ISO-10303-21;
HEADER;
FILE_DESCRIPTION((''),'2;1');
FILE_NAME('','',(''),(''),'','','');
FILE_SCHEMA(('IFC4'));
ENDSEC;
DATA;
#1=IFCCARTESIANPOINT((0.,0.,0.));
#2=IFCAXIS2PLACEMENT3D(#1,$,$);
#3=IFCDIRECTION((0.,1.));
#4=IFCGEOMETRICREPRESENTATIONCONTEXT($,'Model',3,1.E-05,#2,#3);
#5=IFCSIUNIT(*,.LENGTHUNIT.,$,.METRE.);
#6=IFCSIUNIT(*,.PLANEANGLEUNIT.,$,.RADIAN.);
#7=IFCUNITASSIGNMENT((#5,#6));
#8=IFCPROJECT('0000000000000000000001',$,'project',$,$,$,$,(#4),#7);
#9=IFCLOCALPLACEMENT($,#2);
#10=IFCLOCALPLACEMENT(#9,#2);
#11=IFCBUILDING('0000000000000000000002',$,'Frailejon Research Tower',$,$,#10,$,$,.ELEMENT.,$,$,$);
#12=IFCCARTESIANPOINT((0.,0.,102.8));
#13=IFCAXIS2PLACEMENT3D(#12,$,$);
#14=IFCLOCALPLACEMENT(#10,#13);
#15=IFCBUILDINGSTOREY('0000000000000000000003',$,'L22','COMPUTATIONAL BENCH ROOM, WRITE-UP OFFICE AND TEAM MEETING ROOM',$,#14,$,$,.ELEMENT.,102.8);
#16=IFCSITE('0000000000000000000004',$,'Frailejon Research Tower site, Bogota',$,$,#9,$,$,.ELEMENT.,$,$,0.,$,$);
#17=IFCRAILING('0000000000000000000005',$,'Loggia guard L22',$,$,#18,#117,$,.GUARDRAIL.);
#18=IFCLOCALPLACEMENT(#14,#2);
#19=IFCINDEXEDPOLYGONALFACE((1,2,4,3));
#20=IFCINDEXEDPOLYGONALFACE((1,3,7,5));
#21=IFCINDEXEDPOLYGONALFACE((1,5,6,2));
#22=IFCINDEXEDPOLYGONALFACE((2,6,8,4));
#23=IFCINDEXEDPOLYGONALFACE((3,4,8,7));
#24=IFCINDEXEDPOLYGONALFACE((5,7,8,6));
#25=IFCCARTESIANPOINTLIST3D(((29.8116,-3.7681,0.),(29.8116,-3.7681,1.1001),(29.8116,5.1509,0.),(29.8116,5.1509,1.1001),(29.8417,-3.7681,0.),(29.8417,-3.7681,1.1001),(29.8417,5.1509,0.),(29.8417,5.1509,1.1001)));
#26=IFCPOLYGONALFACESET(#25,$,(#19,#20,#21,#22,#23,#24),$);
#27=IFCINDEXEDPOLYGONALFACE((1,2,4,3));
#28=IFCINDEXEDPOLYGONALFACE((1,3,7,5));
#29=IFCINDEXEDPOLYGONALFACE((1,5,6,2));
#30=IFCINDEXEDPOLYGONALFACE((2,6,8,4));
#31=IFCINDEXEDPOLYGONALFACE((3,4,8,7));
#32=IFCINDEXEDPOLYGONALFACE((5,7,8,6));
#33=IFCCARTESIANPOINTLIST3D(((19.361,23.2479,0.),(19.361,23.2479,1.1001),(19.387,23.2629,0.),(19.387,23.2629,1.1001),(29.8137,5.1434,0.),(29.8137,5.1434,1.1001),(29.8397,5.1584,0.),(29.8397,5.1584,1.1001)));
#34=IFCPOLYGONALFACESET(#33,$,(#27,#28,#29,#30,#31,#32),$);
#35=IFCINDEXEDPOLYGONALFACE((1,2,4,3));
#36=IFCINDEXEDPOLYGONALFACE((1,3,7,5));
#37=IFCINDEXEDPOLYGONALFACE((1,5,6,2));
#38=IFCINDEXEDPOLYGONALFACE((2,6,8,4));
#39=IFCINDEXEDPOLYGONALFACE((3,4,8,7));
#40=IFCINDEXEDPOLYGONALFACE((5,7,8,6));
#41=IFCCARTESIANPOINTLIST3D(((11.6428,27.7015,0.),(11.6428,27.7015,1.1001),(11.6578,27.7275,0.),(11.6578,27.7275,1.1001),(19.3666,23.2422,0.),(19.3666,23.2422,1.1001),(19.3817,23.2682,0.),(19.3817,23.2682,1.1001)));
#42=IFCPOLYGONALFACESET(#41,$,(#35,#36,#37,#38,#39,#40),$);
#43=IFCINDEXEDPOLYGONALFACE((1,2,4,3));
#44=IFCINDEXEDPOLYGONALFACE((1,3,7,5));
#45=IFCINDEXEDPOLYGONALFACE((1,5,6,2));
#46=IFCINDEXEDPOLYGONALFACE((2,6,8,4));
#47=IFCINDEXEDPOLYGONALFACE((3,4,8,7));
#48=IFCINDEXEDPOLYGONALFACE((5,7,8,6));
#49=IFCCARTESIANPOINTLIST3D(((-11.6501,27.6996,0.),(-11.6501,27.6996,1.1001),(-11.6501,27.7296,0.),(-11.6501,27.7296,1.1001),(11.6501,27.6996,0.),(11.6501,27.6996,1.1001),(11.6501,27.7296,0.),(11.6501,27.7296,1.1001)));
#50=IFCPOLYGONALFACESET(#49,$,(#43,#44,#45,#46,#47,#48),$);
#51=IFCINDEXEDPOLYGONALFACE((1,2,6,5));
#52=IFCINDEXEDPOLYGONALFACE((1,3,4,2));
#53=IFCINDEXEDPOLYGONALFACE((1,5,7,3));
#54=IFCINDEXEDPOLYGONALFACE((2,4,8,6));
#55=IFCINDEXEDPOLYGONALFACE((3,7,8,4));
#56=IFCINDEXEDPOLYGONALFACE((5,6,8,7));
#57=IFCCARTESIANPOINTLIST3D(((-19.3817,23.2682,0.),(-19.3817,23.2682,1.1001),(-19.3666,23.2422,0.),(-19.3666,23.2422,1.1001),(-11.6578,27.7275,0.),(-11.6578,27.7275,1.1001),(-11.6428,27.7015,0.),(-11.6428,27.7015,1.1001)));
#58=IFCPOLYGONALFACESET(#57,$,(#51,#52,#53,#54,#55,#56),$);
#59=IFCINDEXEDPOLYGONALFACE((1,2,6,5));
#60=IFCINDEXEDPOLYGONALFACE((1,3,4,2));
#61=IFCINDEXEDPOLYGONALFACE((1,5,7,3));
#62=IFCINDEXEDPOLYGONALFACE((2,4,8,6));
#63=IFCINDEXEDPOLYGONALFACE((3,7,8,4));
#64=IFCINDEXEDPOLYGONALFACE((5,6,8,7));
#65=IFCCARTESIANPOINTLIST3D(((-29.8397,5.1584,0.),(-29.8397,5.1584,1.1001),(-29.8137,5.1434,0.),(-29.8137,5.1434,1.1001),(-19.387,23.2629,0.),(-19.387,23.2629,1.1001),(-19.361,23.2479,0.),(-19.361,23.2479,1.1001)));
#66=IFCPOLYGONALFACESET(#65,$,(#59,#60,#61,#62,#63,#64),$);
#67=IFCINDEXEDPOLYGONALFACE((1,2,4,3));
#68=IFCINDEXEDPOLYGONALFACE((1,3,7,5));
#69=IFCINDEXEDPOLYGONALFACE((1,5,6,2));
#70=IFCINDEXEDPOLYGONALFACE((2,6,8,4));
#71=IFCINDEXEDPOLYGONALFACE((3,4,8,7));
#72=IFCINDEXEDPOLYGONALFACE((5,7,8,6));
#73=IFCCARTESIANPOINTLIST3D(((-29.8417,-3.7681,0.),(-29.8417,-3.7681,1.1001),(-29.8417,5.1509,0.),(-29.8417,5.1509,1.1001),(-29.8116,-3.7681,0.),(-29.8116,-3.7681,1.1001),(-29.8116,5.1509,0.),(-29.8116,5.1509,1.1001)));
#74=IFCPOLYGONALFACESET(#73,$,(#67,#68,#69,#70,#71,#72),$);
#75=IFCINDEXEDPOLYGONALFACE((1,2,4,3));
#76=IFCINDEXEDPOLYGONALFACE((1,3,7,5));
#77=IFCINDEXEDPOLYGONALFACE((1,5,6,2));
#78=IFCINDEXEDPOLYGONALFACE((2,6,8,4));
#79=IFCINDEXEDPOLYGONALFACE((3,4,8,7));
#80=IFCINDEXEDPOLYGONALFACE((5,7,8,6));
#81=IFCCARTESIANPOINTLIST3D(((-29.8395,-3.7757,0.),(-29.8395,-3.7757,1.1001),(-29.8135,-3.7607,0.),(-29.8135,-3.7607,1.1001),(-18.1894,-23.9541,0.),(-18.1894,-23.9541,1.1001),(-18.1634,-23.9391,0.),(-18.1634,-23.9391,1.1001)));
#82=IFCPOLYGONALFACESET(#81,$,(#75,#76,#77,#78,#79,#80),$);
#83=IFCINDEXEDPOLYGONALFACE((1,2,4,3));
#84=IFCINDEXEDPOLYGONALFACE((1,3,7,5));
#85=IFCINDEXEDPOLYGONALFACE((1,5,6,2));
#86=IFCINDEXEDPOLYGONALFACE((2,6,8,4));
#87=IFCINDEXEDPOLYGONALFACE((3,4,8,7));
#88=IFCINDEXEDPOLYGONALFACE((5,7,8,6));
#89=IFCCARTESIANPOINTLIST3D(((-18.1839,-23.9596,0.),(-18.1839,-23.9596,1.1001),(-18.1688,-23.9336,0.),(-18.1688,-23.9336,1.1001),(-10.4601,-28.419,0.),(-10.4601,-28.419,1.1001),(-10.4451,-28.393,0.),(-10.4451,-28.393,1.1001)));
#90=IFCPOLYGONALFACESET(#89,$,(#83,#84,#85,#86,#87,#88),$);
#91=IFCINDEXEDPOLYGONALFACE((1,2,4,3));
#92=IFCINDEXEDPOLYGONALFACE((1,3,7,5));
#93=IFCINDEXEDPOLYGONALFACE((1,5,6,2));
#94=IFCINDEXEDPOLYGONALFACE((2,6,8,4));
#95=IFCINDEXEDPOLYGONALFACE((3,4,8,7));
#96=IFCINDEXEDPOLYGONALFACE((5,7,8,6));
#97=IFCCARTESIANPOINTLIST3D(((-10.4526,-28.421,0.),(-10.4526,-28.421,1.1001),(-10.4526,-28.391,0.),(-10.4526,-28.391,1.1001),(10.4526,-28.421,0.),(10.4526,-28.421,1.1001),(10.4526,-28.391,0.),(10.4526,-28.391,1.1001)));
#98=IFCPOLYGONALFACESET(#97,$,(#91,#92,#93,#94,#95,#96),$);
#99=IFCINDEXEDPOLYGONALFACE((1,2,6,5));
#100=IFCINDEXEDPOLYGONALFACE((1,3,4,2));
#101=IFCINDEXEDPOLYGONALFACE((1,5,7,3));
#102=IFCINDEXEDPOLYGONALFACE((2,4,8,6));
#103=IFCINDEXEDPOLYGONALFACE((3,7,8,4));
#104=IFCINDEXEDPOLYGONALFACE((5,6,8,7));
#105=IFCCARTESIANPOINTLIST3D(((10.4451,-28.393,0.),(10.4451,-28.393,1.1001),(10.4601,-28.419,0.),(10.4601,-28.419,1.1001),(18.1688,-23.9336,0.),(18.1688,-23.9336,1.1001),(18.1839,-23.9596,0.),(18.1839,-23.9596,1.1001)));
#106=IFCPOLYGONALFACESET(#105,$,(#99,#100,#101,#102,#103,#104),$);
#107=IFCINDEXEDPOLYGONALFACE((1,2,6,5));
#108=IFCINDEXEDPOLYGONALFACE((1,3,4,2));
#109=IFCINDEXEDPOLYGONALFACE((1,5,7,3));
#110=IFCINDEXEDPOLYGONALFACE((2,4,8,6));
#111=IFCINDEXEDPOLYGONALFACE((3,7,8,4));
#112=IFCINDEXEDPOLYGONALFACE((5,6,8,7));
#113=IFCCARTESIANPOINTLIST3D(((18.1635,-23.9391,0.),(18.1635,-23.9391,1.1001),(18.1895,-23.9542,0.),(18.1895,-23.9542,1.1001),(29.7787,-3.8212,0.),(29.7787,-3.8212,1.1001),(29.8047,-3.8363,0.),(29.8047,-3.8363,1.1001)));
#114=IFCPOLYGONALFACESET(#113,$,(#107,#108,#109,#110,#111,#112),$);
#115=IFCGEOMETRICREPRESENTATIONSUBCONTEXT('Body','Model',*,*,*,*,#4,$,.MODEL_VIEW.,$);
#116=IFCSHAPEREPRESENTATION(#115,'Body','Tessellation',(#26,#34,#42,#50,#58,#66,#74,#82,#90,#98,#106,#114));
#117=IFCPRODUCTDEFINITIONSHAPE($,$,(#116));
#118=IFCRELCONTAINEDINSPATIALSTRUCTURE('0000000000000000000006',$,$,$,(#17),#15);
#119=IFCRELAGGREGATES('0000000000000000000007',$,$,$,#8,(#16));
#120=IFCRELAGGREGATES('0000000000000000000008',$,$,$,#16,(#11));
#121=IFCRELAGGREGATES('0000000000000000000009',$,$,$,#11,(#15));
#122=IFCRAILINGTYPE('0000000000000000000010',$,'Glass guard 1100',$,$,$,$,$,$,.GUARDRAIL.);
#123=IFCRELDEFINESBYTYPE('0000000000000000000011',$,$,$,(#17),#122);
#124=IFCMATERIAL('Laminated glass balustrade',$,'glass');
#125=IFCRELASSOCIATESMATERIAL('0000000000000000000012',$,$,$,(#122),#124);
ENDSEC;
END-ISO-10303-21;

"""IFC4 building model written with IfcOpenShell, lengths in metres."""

from ifc_helpers import new_model, si_unit, direction, frame, origin, origin_2d, place, context, subcontext, project, spatial, rectangle, extrude, material, type_object, element, save


model = new_model("IFC4")

# Units and contexts
model_context = context("Model", 3, precision=1e-05, world=origin(), true_north=direction((0.0, 1.0)))
body_context = subcontext(model_context, "Body", "Model", "MODEL_VIEW")
ifc_project = project(units=[si_unit("LENGTHUNIT", "METRE"), si_unit("PLANEANGLEUNIT", "RADIAN")], contexts=[model_context])

# Site, building, storey
site_placement = place(None, origin())
site = spatial("IfcSite", under=ifc_project, at=site_placement, Name="Frailejon Research Tower site, Bogota", CompositionType="ELEMENT", RefElevation=0.0)
building_placement = place(site_placement, origin())
building = spatial("IfcBuilding", under=site, at=building_placement, Name="Frailejon Research Tower", CompositionType="ELEMENT")
storey_placement = place(building_placement, frame((0.0, 0.0, 102.8)))
storey = spatial("IfcBuildingStorey", under=building, at=storey_placement, Name="L22", Description="COMPUTATIONAL BENCH ROOM, WRITE-UP OFFICE AND TEAM MEETING ROOM", CompositionType="ELEMENT", Elevation=102.8)

# Railing
ifc_material_1 = material(Name="Laminated glass balustrade", Category="glass")
railing_type = type_object("IfcRailingType", Name="Glass guard 1100", PredefinedType="GUARDRAIL", material=ifc_material_1)
railing_placement = place(storey_placement, frame((29.8267, -3.7681, 0.0)))
element("IfcRailing", 1, at=railing_placement, inside=storey, type_object=railing_type, Name="Loggia guard L22", PredefinedType="GUARDRAIL", context=body_context, shape_type="SweptSolid", body=[
    extrude(rectangle(XDim=8.9189, YDim=0.03, at=origin_2d()), frame((0.0, 4.4595, 0.0), z_axis=(0.0, 0.0, 1.0), x_axis=(0.0, 1.0, 0.0)), (0.0, 0.0, 1.0), 1.1001),
    extrude(rectangle(XDim=20.9053, YDim=0.03, at=origin_2d()), frame((-5.2263, 17.9712, 0.0), z_axis=(0.0, 0.0, 1.0), x_axis=(-0.5, 0.866025, 0.0)), (0.0, 0.0, 1.0), 1.1001),
    extrude(rectangle(XDim=8.9187, YDim=0.03, at=origin_2d()), frame((-14.3145, 29.2529, 0.0), z_axis=(0.0, 0.0, 1.0), x_axis=(-0.866033, 0.499987, 0.0)), (0.0, 0.0, 1.0), 1.1001),
    extrude(rectangle(XDim=23.3003, YDim=0.03, at=origin_2d()), frame((-29.8267, 31.4827, 0.0), z_axis=(0.0, 0.0, 1.0), x_axis=(-1.0, 0.0, 0.0)), (0.0, 0.0, 1.0), 1.1001),
    extrude(rectangle(XDim=8.9187, YDim=0.03, at=origin_2d()), frame((-45.3389, 29.2529, 0.0), z_axis=(0.0, 0.0, 1.0), x_axis=(-0.866033, -0.499987, 0.0)), (0.0, 0.0, 1.0), 1.1001),
    extrude(rectangle(XDim=20.9053, YDim=0.03, at=origin_2d()), frame((-54.427, 17.9712, 0.0), z_axis=(0.0, 0.0, 1.0), x_axis=(-0.5, -0.866025, 0.0)), (0.0, 0.0, 1.0), 1.1001),
    extrude(rectangle(XDim=8.9189, YDim=0.03, at=origin_2d()), frame((-59.6533, 4.4595, 0.0), z_axis=(0.0, 0.0, 1.0), x_axis=(0.0, -1.0, 0.0)), (0.0, 0.0, 1.0), 1.1001),
    extrude(rectangle(XDim=23.3, YDim=0.03, at=origin_2d()), frame((-53.8281, -10.0894, 0.0), z_axis=(0.0, 0.0, 1.0), x_axis=(0.500003, -0.866023, 0.0)), (0.0, 0.0, 1.0), 1.1001),
    extrude(rectangle(XDim=8.9187, YDim=0.03, at=origin_2d()), frame((-44.1411, -22.4082, 0.0), z_axis=(0.0, 0.0, 1.0), x_axis=(0.866021, -0.500008, 0.0)), (0.0, 0.0, 1.0), 1.1001),
    extrude(rectangle(XDim=20.9053, YDim=0.03, at=origin_2d()), frame((-29.8267, -24.6379, 0.0), z_axis=(0.0, 0.0, 1.0), x_axis=(1.0, 0.0, 0.0)), (0.0, 0.0, 1.0), 1.1001),
    extrude(rectangle(XDim=8.9187, YDim=0.03, at=origin_2d()), frame((-15.5122, -22.4082, 0.0), z_axis=(0.0, 0.0, 1.0), x_axis=(0.866021, 0.500008, 0.0)), (0.0, 0.0, 1.0), 1.1001),
    extrude(rectangle(XDim=23.2302, YDim=0.03, at=origin_2d()), frame((-5.8425, -10.1196, 0.0), z_axis=(0.0, 0.0, 1.0), x_axis=(0.500005, 0.866023, 0.0)), (0.0, 0.0, 1.0), 1.1001),
])

save(model, "model.ifc")
